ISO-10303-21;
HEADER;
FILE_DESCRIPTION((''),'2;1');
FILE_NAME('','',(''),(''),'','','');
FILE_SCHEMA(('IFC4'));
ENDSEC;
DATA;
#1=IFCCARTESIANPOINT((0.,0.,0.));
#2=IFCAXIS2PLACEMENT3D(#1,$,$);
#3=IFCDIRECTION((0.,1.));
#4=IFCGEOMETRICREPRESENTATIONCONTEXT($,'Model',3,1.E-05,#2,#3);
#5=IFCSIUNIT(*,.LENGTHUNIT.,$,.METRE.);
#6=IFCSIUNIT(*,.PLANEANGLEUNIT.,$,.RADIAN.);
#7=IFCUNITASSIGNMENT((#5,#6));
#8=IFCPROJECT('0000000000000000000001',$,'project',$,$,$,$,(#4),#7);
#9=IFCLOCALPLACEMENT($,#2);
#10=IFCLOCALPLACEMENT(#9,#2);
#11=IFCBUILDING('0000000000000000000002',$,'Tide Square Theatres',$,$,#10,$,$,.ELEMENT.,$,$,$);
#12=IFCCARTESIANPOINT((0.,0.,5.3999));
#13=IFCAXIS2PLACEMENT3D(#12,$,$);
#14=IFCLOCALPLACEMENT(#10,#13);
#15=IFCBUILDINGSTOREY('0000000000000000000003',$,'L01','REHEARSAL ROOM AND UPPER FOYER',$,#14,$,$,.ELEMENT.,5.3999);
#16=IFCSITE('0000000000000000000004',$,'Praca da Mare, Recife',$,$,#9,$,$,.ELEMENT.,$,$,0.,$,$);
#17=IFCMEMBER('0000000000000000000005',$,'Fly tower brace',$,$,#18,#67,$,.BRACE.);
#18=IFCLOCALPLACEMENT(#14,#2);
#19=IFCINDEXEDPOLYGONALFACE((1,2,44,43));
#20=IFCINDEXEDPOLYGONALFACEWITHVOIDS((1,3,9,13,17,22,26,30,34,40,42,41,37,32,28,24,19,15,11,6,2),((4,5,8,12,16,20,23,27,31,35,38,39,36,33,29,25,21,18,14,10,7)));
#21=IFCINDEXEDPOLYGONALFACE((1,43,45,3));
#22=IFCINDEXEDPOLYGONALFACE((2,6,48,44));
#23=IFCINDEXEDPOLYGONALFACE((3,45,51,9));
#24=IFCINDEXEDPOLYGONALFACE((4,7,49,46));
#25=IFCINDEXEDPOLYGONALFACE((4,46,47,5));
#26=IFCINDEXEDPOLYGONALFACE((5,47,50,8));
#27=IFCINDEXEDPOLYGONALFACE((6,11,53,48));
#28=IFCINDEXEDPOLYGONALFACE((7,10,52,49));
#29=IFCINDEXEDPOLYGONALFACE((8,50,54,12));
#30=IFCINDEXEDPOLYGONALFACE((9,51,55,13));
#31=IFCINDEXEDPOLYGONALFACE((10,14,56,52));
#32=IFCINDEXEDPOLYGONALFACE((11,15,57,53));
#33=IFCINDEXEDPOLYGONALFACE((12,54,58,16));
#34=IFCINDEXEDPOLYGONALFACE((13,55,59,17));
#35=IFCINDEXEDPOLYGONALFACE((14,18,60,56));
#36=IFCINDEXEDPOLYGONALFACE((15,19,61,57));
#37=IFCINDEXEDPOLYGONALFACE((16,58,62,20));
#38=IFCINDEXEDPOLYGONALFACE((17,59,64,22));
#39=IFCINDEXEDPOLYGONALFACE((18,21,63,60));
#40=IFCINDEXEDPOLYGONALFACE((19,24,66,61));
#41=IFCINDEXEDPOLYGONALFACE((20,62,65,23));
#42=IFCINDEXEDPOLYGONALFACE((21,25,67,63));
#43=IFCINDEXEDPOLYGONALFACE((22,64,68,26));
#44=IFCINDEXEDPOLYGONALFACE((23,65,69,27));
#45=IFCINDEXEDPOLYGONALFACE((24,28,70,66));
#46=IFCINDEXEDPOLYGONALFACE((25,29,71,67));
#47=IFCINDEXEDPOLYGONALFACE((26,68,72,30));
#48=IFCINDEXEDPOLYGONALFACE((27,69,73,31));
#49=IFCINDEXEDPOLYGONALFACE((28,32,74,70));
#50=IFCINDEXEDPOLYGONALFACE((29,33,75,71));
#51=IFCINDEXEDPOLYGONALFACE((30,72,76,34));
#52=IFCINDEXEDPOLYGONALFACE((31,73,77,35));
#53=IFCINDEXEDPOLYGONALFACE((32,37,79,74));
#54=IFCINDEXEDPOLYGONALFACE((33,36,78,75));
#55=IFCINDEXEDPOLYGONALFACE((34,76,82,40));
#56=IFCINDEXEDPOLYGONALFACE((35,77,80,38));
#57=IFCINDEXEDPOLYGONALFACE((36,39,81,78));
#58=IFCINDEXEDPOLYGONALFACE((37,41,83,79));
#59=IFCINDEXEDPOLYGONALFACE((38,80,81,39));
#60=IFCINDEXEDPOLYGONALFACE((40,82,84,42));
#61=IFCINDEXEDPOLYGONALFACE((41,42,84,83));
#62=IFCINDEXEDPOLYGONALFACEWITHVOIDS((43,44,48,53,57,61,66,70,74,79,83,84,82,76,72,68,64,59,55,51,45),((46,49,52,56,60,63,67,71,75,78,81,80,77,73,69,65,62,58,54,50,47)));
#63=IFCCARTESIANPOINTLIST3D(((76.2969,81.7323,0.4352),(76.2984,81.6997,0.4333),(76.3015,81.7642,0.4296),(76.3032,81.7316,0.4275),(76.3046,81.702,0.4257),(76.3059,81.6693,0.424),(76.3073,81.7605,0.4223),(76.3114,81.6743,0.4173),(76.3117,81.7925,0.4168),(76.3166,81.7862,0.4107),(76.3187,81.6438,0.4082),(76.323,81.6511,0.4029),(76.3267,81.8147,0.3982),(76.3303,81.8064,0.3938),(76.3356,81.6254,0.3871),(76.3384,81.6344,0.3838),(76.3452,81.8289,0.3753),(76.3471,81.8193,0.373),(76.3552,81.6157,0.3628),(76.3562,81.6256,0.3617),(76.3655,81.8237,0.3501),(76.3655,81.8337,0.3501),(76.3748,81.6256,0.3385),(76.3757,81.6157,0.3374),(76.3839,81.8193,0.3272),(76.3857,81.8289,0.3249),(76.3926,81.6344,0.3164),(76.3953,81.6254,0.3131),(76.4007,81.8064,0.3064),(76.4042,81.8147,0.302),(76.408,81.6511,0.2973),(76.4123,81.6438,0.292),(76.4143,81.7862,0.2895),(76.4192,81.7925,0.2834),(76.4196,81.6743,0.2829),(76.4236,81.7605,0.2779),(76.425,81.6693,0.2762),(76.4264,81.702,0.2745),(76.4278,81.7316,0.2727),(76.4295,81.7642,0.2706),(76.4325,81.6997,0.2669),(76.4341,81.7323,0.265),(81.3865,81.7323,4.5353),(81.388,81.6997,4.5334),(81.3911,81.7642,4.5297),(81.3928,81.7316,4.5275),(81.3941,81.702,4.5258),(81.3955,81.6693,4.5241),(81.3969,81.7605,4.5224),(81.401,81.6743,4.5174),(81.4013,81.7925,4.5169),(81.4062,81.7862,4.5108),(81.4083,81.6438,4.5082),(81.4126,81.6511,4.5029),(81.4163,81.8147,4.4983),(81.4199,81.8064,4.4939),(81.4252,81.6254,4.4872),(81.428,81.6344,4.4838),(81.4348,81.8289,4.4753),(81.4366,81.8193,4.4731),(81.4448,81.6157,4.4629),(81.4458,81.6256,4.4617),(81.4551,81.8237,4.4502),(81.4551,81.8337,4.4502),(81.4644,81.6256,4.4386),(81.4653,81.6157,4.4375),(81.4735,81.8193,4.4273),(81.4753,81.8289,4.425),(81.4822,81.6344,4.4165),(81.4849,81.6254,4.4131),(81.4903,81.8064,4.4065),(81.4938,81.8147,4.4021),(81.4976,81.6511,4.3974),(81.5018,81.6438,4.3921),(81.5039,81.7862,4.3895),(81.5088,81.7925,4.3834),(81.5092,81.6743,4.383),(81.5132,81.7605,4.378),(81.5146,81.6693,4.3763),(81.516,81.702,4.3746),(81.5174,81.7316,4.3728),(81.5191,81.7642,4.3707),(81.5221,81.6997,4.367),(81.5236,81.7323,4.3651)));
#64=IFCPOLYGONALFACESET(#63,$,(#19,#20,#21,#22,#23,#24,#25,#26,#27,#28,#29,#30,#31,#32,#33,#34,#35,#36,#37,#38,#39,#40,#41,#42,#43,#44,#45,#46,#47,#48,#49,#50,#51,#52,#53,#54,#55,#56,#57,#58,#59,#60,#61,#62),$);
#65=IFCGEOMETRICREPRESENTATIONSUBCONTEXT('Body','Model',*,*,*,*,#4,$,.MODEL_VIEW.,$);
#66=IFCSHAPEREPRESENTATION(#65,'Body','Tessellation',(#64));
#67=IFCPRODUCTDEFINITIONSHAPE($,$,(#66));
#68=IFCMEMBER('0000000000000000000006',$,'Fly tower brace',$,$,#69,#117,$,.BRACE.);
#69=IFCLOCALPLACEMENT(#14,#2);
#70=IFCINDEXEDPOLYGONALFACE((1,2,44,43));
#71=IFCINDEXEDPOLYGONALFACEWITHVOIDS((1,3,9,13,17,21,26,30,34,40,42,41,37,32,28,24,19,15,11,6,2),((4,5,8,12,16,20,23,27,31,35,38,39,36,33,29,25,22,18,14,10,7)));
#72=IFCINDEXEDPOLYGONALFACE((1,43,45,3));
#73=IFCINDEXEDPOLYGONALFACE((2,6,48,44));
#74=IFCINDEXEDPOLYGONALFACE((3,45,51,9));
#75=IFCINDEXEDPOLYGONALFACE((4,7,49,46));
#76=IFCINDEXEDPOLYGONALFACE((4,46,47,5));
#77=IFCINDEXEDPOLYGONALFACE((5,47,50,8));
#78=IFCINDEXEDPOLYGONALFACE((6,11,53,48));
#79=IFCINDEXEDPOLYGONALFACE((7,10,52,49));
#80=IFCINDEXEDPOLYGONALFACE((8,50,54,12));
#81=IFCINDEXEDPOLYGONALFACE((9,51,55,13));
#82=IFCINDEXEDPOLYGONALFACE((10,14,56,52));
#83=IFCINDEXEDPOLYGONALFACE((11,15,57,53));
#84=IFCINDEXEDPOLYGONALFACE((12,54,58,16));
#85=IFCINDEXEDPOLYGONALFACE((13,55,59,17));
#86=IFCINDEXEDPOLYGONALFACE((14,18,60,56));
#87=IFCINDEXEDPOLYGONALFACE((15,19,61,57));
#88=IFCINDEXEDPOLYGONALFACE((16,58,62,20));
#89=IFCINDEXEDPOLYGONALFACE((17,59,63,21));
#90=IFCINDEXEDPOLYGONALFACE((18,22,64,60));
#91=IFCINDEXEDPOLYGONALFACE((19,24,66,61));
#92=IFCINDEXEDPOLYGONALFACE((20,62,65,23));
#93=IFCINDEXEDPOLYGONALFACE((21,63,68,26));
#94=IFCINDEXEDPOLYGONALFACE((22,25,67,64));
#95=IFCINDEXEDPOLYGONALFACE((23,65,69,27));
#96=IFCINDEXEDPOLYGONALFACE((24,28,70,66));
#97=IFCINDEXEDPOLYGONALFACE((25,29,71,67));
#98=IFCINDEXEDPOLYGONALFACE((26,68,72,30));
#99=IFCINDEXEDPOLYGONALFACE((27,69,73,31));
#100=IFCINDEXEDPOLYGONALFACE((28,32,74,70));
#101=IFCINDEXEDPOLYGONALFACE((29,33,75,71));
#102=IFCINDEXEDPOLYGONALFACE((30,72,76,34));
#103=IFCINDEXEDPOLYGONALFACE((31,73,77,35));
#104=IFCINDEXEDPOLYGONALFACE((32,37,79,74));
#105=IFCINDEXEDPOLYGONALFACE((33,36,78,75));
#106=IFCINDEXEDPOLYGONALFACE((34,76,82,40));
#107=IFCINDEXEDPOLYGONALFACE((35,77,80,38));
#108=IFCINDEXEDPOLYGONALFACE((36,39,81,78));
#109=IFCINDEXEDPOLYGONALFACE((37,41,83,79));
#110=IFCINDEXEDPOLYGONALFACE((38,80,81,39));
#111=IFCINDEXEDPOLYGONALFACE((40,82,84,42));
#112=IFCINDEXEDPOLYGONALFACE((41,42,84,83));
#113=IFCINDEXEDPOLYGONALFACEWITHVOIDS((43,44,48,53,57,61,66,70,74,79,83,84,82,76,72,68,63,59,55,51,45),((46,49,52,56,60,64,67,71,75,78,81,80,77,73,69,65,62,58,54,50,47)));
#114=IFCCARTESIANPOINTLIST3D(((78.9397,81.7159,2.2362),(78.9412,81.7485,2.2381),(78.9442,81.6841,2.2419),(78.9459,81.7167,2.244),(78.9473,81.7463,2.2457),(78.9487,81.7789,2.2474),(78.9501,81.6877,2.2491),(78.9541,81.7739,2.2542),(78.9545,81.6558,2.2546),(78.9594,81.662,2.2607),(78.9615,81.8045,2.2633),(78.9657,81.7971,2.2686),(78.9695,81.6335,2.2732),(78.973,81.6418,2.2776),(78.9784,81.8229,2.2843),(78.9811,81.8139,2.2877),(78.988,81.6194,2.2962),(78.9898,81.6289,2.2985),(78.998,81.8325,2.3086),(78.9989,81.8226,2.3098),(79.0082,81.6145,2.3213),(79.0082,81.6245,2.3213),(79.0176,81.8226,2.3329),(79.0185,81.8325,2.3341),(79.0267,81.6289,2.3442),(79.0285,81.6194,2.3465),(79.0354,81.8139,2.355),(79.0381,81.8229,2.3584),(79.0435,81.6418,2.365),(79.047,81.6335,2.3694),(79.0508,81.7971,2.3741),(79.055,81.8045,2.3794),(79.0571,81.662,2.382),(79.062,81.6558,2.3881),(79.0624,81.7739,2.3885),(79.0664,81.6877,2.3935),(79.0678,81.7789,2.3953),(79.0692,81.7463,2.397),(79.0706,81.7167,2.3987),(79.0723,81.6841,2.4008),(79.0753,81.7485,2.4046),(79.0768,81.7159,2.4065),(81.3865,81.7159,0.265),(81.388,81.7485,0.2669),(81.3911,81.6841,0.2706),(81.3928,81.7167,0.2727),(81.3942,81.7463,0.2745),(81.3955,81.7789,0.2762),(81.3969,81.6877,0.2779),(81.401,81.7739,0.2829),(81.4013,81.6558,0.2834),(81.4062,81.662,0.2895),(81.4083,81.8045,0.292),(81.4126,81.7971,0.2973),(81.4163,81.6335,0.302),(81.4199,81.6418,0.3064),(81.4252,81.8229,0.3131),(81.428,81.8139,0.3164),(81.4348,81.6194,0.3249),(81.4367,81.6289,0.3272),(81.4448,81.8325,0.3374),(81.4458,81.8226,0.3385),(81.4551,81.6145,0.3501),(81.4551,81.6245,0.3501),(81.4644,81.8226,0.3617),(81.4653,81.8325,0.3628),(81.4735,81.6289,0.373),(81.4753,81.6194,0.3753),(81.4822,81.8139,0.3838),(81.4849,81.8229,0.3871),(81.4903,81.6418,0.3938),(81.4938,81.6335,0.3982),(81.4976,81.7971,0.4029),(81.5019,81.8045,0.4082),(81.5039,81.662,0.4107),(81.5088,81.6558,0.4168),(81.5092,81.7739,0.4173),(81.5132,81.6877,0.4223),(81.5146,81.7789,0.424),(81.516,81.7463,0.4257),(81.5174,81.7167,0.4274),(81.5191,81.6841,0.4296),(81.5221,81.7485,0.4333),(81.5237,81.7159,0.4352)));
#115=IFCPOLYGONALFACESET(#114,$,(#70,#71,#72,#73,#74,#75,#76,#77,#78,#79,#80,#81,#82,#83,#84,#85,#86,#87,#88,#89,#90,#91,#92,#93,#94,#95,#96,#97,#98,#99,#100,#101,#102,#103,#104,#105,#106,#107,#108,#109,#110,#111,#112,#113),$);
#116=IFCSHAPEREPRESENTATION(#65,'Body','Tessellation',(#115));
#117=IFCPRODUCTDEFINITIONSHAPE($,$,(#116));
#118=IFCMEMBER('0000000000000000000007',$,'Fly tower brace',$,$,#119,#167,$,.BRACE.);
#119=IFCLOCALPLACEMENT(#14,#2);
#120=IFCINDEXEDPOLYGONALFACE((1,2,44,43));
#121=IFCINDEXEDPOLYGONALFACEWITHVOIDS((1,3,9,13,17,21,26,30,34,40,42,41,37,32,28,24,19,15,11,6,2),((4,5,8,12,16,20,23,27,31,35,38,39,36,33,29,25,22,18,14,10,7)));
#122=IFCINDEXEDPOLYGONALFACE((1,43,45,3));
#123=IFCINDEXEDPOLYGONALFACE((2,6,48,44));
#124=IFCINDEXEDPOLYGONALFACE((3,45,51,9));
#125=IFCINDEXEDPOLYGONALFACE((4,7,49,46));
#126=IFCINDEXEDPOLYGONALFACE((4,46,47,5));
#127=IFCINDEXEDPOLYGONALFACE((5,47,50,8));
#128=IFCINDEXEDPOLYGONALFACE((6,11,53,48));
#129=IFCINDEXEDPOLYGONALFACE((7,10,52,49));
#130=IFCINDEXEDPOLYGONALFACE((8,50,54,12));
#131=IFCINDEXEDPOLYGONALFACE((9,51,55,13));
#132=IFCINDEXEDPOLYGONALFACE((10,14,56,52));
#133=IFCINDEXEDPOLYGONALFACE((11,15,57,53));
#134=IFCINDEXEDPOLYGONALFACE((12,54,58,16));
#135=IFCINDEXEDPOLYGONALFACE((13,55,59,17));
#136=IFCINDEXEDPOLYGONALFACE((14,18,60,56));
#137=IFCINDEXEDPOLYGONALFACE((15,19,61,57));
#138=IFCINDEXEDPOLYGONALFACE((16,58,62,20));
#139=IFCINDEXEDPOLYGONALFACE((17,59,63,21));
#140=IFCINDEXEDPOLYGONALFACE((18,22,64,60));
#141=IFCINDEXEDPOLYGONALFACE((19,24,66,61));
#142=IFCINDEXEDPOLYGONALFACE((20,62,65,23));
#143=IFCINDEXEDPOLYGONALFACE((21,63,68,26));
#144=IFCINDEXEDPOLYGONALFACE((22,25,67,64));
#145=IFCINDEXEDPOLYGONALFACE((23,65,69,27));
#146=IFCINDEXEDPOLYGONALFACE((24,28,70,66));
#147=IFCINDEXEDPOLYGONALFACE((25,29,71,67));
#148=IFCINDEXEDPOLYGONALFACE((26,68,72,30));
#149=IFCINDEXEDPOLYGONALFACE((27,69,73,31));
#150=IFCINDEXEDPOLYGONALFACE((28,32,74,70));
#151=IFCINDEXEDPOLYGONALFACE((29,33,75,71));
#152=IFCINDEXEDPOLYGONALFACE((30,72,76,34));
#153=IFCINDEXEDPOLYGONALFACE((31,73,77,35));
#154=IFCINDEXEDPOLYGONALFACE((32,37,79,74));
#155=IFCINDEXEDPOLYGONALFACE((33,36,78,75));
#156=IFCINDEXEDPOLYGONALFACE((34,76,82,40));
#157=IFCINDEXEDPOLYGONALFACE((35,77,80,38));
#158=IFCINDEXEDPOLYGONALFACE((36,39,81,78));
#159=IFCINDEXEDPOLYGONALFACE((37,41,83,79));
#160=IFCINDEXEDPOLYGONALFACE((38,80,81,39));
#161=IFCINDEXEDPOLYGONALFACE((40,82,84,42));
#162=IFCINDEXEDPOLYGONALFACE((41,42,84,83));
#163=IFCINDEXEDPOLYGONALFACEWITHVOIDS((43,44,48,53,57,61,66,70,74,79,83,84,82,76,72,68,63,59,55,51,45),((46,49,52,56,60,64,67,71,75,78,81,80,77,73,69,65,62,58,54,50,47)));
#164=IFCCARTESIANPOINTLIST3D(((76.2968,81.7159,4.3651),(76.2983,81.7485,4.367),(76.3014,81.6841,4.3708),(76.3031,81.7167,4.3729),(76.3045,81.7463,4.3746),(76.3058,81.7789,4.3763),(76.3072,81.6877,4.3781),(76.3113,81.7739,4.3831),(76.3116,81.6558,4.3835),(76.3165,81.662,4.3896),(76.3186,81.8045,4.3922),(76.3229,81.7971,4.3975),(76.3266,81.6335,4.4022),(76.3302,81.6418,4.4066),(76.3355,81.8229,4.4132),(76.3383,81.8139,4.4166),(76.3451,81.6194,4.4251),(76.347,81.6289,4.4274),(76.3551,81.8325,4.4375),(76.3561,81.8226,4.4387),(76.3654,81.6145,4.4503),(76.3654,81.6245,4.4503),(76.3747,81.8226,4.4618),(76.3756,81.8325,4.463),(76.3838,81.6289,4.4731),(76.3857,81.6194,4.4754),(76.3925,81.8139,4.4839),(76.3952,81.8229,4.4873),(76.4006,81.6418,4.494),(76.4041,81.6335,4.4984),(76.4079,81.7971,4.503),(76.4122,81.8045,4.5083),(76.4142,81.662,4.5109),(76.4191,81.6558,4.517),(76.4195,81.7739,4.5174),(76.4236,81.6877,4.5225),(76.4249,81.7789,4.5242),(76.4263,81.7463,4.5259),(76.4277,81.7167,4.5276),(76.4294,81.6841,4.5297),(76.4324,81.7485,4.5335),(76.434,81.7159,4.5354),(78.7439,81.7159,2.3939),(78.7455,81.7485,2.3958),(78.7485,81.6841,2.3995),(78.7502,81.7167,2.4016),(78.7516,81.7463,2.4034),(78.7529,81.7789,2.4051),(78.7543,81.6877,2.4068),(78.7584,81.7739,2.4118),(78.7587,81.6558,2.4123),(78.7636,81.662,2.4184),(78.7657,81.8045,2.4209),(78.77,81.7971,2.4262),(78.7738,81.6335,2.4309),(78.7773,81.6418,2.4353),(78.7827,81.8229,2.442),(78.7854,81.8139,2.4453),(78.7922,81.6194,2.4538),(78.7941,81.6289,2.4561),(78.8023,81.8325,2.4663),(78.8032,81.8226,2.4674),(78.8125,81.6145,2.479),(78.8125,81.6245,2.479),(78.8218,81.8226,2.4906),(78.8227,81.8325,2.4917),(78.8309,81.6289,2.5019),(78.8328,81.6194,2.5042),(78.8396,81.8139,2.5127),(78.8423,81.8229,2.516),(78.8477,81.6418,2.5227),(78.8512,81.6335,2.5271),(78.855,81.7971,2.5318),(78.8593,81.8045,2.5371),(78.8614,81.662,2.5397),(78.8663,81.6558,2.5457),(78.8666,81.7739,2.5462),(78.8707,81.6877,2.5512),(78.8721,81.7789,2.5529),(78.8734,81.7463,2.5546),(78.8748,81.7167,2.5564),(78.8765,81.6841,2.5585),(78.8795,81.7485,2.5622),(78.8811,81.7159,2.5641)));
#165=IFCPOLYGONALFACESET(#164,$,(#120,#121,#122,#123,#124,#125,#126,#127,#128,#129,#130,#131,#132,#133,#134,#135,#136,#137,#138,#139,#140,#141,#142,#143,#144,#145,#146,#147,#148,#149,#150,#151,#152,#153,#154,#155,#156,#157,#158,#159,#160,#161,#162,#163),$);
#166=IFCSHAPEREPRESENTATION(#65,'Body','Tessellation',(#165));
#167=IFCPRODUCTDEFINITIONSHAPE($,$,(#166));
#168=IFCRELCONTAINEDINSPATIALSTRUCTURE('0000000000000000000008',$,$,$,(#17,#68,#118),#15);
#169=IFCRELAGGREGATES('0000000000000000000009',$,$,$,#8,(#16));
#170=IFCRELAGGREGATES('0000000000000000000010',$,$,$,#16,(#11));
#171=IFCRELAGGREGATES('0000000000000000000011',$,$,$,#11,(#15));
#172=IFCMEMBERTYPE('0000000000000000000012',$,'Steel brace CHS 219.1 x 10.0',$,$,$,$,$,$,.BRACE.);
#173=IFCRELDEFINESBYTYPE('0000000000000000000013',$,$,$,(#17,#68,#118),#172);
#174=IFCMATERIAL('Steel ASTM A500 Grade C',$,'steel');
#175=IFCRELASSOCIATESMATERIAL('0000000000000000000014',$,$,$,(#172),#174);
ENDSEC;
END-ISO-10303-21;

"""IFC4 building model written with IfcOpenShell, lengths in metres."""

from ifc_helpers import new_model, si_unit, direction, frame, origin, origin_2d, place, context, subcontext, project, spatial, hollow_circle, extrude, material, material_profile, profile_set, type_object, element, save


model = new_model("IFC4")

# Units and contexts
model_context = context("Model", 3, precision=1e-05, world=origin(), true_north=direction((0.0, 1.0)))
body_context = subcontext(model_context, "Body", "Model", "MODEL_VIEW")
ifc_project = project(units=[si_unit("LENGTHUNIT", "METRE"), si_unit("PLANEANGLEUNIT", "RADIAN")], contexts=[model_context])

# Site, building, storey
site_placement = place(None, origin())
site = spatial("IfcSite", under=ifc_project, at=site_placement, Name="Praca da Mare, Recife", CompositionType="ELEMENT", RefElevation=0.0)
building_placement = place(site_placement, origin())
building = spatial("IfcBuilding", under=site, at=building_placement, Name="Tide Square Theatres", CompositionType="ELEMENT")
storey_placement = place(building_placement, frame((0.0, 0.0, 5.3999)))
storey = spatial("IfcBuildingStorey", under=building, at=storey_placement, Name="L01", Description="REHEARSAL ROOM AND UPPER FOYER", CompositionType="ELEMENT", Elevation=5.3999)

# Members
ifc_material_1 = material(Name="Steel ASTM A500 Grade C", Category="steel")
ifc_material_profile_1 = material_profile(ifc_material_1, hollow_circle(Radius=0.1096, WallThickness=0.01, at=origin_2d()))
ifc_profile_set_1 = profile_set([ifc_material_profile_1], Name="Steel ASTM A500 Grade C")
member_type_1 = type_object("IfcMemberType", Name="Steel brace CHS 219.1 x 10.0", PredefinedType="BRACE", material=ifc_profile_set_1)
member_1_placement = place(storey_placement, frame((76.3655, 81.7241, 0.3501), z_axis=(0.778743, 0.0, 0.627343), x_axis=(0.0, 1.0, 0.0)))
element("IfcMember", 1, at=member_1_placement, inside=storey, type_object=member_type_1, Name="Fly tower brace", PredefinedType="BRACE", context=body_context, shape_type="SweptSolid", body=[
    extrude(hollow_circle(Radius=0.1096, WallThickness=0.01, at=origin_2d()), origin(), (0.0, 0.0, 1.0), 6.5356),
])
member_2_placement = place(storey_placement, frame((81.4551, 81.7241, 0.3501), z_axis=(-0.778726, 0.0, 0.627364), x_axis=(0.0, -1.0, 0.0)))
element("IfcMember", 2, at=member_2_placement, inside=storey, type_object=member_type_1, Name="Fly tower brace", PredefinedType="BRACE", context=body_context, shape_type="SweptSolid", body=[
    extrude(hollow_circle(Radius=0.1096, WallThickness=0.01, at=origin_2d()), origin(), (0.0, 0.0, 1.0), 3.1421),
])
member_3_placement = place(storey_placement, frame((78.8125, 81.7241, 2.479), z_axis=(-0.778757, 0.0, 0.627326), x_axis=(0.0, -1.0, 0.0)))
element("IfcMember", 3, at=member_3_placement, inside=storey, type_object=member_type_1, Name="Fly tower brace", PredefinedType="BRACE", context=body_context, shape_type="SweptSolid", body=[
    extrude(hollow_circle(Radius=0.1096, WallThickness=0.01, at=origin_2d()), origin(), (0.0, 0.0, 1.0), 3.1423),
])

save(model, "model.ifc")
